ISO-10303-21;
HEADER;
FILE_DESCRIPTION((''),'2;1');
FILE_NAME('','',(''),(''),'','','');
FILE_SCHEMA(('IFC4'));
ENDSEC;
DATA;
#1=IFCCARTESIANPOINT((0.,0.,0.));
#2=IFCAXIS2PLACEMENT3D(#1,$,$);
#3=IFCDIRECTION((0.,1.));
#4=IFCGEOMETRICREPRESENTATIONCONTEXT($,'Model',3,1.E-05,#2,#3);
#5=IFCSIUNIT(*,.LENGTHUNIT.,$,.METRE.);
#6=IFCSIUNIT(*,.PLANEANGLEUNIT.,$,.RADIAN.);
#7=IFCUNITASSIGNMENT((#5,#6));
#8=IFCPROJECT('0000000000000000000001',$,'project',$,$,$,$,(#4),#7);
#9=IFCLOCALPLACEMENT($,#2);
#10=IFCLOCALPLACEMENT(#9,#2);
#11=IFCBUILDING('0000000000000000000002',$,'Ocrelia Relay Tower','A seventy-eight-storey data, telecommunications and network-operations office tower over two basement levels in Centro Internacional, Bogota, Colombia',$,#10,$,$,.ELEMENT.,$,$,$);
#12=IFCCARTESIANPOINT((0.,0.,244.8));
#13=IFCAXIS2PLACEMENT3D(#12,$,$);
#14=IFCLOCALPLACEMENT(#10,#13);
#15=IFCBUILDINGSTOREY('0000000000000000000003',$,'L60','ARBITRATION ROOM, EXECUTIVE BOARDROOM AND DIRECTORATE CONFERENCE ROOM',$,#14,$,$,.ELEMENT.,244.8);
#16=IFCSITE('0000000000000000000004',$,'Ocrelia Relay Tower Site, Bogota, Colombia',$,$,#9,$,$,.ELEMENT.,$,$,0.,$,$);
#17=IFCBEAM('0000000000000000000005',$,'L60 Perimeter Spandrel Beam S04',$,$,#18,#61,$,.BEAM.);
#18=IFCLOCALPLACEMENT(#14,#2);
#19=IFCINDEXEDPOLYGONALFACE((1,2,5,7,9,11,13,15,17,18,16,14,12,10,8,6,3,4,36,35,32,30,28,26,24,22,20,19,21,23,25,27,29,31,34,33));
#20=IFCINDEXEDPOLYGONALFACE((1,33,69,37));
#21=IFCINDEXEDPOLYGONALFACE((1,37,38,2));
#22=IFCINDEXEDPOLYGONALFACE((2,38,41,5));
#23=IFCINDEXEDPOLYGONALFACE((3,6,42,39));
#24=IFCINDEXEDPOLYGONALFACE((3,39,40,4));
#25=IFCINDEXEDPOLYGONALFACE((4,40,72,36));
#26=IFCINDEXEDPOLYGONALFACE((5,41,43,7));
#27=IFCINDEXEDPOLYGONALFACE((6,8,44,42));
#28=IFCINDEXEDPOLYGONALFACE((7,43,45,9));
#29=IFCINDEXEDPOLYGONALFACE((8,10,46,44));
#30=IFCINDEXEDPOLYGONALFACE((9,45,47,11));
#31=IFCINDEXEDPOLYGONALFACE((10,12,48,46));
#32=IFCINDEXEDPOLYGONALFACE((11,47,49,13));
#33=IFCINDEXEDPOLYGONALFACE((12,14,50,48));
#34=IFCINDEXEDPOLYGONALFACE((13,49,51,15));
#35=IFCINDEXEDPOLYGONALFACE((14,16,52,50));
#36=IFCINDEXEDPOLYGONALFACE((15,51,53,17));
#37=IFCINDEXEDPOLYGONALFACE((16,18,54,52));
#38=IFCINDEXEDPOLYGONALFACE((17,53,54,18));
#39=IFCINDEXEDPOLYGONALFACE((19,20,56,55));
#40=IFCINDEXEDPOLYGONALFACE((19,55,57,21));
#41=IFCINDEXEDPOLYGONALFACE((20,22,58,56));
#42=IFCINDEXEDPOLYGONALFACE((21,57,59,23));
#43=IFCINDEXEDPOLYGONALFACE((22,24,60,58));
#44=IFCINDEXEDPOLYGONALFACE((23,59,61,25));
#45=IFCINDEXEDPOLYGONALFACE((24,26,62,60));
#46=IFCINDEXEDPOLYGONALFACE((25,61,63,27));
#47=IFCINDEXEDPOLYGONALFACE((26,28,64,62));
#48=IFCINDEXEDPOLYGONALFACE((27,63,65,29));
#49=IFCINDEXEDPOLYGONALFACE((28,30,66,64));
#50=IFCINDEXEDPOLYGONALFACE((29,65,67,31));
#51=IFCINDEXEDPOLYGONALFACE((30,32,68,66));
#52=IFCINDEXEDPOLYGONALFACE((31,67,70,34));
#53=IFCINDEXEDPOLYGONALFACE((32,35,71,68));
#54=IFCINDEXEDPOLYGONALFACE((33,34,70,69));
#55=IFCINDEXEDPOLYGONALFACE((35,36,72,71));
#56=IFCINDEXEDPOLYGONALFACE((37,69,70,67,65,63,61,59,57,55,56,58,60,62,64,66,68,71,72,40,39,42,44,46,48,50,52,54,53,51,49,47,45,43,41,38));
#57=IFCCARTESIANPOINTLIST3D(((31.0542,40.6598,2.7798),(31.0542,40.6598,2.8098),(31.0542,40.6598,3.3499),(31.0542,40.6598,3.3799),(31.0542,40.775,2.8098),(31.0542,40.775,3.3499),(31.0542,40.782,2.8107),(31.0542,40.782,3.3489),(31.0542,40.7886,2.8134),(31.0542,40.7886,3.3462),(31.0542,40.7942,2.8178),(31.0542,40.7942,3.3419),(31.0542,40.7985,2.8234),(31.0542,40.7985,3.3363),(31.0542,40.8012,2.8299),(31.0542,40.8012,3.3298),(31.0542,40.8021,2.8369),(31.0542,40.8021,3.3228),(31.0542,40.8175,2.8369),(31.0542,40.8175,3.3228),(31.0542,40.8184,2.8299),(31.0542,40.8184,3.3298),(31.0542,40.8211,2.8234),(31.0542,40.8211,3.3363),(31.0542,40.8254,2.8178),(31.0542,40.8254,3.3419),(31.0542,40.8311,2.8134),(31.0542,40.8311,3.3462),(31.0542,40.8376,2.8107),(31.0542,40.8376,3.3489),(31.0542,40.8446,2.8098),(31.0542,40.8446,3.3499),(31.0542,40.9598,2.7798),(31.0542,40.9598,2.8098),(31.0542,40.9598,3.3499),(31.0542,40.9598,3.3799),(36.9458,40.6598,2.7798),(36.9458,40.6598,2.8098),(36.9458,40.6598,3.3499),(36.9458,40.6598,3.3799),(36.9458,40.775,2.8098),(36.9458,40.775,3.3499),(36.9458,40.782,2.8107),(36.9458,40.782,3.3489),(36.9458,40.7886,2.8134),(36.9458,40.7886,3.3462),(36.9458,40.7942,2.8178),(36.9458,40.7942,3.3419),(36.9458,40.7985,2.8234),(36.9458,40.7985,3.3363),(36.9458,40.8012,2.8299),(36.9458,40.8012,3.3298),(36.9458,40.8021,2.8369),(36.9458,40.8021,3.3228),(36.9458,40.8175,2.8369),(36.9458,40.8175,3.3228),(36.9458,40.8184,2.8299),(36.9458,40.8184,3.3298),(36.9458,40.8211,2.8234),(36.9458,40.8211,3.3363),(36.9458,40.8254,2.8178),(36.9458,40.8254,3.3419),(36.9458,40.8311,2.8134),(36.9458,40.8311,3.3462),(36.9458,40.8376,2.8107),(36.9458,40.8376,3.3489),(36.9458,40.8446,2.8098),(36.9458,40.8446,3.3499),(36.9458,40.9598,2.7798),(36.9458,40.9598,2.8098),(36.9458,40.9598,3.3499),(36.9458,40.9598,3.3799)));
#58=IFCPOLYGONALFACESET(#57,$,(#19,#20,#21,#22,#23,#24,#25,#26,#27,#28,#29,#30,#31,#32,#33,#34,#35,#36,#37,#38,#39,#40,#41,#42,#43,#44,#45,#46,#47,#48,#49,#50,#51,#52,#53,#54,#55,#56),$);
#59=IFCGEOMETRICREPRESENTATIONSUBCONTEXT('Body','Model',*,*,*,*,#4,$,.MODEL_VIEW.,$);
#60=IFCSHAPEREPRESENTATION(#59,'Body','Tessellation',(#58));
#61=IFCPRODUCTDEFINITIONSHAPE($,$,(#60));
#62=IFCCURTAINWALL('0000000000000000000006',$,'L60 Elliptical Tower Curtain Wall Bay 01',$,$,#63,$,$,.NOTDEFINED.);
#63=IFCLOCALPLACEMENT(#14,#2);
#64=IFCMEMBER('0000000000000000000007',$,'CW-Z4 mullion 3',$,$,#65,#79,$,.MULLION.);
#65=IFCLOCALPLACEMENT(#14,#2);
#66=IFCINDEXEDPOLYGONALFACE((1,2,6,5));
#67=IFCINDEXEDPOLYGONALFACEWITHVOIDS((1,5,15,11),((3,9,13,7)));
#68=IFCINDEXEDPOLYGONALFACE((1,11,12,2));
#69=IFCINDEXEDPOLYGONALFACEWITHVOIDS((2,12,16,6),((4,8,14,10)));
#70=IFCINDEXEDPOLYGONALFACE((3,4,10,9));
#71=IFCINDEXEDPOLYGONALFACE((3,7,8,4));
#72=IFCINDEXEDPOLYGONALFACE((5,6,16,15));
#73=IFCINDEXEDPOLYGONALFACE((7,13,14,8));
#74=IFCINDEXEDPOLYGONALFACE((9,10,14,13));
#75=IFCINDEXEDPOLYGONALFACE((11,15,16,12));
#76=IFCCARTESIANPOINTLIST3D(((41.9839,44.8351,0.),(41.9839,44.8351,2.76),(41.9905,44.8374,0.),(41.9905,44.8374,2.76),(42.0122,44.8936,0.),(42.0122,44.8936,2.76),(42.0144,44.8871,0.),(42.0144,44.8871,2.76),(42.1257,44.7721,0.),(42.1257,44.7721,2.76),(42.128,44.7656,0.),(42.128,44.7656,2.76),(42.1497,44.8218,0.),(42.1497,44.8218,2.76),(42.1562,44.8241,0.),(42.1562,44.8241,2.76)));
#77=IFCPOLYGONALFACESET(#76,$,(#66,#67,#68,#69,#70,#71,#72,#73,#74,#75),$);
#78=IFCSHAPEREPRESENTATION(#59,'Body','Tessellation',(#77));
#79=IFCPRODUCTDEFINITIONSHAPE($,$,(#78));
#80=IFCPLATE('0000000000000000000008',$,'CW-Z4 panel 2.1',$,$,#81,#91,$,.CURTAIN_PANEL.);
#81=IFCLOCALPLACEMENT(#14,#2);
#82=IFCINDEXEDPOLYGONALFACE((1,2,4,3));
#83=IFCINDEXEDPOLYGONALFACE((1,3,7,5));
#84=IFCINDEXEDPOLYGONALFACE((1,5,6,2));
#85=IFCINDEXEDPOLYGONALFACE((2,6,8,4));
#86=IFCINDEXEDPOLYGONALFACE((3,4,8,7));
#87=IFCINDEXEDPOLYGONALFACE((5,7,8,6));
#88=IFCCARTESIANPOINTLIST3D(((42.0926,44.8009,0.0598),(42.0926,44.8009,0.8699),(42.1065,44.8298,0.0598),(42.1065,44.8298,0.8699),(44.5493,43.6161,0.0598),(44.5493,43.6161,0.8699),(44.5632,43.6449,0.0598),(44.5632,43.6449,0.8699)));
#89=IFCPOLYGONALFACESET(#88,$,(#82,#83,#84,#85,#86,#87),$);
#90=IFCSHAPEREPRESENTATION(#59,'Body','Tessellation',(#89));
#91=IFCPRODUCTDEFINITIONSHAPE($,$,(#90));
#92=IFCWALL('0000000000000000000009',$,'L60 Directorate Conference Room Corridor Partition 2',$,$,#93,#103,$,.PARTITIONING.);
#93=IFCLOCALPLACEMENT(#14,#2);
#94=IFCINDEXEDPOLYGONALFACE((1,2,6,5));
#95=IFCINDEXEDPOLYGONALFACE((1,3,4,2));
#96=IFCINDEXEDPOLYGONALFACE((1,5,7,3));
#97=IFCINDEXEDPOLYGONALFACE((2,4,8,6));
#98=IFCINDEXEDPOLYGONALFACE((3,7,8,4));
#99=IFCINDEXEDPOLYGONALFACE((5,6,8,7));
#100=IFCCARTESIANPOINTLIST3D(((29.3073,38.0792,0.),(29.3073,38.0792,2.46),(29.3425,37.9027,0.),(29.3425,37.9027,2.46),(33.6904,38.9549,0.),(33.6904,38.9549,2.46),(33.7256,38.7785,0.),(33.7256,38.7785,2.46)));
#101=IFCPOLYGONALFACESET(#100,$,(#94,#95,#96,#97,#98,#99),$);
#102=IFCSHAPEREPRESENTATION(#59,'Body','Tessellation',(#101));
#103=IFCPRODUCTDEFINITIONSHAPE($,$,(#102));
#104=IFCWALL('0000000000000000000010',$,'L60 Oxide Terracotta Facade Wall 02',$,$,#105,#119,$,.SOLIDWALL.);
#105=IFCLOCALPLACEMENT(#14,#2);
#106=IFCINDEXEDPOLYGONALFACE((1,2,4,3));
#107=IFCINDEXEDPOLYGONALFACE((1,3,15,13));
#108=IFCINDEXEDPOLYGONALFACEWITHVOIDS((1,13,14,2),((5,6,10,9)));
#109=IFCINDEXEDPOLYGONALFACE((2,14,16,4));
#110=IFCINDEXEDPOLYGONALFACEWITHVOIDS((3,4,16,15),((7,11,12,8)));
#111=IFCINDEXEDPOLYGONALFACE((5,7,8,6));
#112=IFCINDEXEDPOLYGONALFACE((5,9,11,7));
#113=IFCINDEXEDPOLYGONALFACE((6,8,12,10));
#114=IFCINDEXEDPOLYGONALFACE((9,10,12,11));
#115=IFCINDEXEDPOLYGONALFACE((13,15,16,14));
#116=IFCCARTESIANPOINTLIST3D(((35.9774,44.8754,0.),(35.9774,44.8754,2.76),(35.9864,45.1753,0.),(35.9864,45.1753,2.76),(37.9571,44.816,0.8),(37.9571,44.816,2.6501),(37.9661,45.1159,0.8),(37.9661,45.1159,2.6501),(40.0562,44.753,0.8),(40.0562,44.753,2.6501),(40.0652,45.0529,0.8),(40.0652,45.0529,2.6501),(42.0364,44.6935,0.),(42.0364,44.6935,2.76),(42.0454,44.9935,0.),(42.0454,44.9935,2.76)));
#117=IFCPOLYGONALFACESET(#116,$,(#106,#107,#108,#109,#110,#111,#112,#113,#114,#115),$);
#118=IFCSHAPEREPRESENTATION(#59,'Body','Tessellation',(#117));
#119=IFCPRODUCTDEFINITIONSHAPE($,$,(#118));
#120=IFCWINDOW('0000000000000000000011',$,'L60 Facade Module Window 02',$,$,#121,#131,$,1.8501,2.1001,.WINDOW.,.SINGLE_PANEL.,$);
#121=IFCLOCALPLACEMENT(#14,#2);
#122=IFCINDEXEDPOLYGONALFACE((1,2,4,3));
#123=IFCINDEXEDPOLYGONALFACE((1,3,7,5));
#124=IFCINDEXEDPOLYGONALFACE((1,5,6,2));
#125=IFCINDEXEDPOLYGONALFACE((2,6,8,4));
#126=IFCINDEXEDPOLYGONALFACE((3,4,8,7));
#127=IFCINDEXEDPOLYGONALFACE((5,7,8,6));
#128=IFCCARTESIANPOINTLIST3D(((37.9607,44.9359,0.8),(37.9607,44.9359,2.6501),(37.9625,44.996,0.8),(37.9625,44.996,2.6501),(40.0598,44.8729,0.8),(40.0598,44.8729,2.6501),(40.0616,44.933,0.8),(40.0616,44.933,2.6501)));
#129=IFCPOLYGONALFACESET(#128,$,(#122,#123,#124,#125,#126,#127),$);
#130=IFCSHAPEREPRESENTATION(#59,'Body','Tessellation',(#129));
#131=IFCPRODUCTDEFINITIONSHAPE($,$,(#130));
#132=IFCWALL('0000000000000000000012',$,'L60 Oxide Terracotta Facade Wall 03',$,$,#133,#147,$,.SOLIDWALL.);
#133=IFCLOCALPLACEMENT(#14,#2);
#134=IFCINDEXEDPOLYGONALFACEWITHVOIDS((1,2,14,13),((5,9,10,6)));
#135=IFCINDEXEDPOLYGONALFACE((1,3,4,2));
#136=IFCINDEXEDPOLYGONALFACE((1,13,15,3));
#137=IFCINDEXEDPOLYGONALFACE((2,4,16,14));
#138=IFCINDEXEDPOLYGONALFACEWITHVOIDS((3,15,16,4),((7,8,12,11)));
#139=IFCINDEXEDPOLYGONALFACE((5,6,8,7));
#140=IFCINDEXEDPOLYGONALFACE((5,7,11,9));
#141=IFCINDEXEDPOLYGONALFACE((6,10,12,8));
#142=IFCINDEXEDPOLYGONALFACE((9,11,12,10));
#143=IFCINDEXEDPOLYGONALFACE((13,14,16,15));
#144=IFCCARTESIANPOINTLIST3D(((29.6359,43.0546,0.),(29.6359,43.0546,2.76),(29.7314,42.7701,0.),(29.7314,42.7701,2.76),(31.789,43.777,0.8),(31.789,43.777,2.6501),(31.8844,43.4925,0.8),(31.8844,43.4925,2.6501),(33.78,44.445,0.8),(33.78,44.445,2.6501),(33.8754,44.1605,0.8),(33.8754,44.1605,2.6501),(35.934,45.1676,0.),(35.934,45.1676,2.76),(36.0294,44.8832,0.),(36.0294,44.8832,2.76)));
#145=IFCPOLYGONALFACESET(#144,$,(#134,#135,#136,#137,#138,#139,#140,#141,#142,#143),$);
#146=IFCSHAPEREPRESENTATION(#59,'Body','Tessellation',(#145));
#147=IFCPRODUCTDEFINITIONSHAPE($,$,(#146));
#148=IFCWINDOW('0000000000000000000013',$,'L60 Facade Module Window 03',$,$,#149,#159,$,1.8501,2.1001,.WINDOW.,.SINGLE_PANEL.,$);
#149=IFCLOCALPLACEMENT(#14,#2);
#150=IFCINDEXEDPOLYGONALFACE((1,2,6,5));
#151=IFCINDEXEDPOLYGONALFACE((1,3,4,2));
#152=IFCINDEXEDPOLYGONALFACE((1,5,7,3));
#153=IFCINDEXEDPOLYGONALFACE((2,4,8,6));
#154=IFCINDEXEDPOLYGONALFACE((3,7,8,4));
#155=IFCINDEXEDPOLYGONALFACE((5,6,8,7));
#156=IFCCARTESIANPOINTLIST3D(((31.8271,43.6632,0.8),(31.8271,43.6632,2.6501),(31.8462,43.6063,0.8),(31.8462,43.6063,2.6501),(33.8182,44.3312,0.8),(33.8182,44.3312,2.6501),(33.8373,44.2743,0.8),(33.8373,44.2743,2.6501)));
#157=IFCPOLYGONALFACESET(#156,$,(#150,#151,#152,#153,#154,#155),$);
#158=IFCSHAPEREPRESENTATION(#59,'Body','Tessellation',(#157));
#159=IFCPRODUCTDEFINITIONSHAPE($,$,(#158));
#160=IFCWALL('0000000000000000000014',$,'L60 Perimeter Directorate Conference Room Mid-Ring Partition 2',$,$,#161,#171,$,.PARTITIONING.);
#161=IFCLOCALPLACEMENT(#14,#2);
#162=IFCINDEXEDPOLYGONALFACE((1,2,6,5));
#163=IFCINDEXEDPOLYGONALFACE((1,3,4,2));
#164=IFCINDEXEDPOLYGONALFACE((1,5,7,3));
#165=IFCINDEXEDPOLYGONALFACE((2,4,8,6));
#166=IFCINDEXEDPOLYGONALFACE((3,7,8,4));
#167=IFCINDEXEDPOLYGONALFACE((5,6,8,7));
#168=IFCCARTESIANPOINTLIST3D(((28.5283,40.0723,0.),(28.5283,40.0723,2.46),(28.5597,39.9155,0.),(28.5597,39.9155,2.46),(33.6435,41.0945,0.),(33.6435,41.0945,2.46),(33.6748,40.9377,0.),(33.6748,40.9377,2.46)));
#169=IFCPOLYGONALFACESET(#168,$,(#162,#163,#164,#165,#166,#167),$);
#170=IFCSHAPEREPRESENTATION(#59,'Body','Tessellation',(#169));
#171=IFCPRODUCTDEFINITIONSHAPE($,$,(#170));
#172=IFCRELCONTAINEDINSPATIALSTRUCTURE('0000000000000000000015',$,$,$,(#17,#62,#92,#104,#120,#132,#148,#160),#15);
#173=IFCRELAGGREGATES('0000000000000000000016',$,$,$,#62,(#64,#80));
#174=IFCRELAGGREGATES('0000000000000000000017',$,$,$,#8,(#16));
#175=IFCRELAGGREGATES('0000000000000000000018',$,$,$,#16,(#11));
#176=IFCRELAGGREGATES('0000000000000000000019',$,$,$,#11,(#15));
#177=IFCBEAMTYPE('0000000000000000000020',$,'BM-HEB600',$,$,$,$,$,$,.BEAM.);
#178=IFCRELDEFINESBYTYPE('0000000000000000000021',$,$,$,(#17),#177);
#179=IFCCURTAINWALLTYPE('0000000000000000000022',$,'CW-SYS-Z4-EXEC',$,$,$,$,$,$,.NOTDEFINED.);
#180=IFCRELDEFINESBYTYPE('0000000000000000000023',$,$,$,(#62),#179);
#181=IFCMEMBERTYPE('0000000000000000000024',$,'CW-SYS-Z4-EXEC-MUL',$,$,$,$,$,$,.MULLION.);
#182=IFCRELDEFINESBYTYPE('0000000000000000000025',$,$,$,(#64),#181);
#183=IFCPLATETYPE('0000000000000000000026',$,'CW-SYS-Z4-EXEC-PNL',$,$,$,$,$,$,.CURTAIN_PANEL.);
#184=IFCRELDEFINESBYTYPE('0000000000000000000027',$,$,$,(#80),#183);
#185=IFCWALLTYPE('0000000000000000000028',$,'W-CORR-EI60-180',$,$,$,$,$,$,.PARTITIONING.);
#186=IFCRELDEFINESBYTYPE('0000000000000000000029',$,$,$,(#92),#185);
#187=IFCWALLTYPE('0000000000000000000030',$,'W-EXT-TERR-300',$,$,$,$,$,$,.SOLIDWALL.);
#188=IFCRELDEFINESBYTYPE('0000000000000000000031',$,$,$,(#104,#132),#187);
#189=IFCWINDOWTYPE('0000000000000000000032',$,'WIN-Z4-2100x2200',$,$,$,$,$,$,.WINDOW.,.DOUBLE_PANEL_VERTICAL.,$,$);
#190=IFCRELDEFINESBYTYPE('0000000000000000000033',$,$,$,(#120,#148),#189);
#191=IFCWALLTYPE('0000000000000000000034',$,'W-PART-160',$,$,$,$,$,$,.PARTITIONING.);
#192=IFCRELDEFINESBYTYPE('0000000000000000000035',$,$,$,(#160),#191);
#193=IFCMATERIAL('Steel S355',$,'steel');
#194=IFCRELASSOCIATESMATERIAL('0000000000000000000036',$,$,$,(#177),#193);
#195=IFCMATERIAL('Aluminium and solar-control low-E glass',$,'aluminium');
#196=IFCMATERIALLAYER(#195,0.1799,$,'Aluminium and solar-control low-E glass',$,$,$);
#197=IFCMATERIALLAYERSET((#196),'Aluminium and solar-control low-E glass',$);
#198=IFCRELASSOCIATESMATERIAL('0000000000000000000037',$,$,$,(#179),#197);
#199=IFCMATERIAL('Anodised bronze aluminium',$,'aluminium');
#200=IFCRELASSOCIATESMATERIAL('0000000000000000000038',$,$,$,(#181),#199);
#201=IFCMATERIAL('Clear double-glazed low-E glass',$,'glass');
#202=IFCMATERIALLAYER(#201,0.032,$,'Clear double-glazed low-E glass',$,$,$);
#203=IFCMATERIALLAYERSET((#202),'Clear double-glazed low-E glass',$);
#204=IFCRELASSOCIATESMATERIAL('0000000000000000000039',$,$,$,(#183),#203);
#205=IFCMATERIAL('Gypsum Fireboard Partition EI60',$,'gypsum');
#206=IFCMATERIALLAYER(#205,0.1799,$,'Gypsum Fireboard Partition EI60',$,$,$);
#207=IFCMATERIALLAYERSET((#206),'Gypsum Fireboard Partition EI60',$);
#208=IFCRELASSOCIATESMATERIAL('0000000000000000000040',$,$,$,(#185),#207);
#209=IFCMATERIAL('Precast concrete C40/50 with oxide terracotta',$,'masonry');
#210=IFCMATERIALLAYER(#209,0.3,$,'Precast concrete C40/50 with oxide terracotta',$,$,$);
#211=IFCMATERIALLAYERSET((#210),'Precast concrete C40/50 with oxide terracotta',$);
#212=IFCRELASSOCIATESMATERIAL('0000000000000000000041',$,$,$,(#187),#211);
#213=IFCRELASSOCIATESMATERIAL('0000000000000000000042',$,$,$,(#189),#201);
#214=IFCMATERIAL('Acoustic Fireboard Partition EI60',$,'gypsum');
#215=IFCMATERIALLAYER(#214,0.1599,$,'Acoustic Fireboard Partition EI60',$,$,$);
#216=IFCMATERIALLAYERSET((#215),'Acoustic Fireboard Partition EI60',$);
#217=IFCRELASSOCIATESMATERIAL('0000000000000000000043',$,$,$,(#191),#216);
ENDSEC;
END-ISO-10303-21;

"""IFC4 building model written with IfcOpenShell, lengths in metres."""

from ifc_helpers import new_model, si_unit, direction, frame, frame_2d, origin, origin_2d, place, context, subcontext, project, spatial, rectangle, hollow_rectangle, i_section, extrude, material, layer, layer_set, material_profile, profile_set, type_object, element, fill, aggregate, save


model = new_model("IFC4")

# Units and contexts
model_context = context("Model", 3, precision=1e-05, world=origin(), true_north=direction((0.0, 1.0)))
body_context = subcontext(model_context, "Body", "Model", "MODEL_VIEW")
ifc_project = project(units=[si_unit("LENGTHUNIT", "METRE"), si_unit("PLANEANGLEUNIT", "RADIAN")], contexts=[model_context])

# Site, building, storey
site_placement = place(None, origin())
site = spatial("IfcSite", under=ifc_project, at=site_placement, Name="Ocrelia Relay Tower Site, Bogota, Colombia", CompositionType="ELEMENT", RefElevation=0.0)
building_placement = place(site_placement, origin())
building = spatial("IfcBuilding", under=site, at=building_placement, Name="Ocrelia Relay Tower", Description="A seventy-eight-storey data, telecommunications and network-operations office tower over two basement levels in Centro Internacional, Bogota, Colombia", CompositionType="ELEMENT")
storey_placement = place(building_placement, frame((0.0, 0.0, 244.8)))
storey = spatial("IfcBuildingStorey", under=building, at=storey_placement, Name="L60", Description="ARBITRATION ROOM, EXECUTIVE BOARDROOM AND DIRECTORATE CONFERENCE ROOM", CompositionType="ELEMENT", Elevation=244.8)

# Beam
ifc_material_1 = material(Name="Steel S355", Category="steel")
ifc_material_profile_1 = material_profile(ifc_material_1, i_section(OverallWidth=0.3, OverallDepth=0.6001, WebThickness=0.0154, FlangeThickness=0.03, FilletRadius=0.0271, at=origin_2d()), Name="HEB 600")
ifc_profile_set_1 = profile_set([ifc_material_profile_1], Name="Steel S355")
beam_type_1 = type_object("IfcBeamType", Name="BM-HEB600", PredefinedType="BEAM", material=ifc_profile_set_1)
beam_1_placement = place(storey_placement, frame((36.9458, 40.8098, 3.0798), z_axis=(-1.0, 0.0, 0.0), x_axis=(0.0, -1.0, 0.0)))
element("IfcBeam", 1, at=beam_1_placement, inside=storey, type_object=beam_type_1, Name="L60 Perimeter Spandrel Beam S04", PredefinedType="BEAM", context=body_context, shape_type="SweptSolid", body=[
    extrude(i_section(OverallWidth=0.3, OverallDepth=0.6001, WebThickness=0.0154, FlangeThickness=0.03, FilletRadius=0.0271, at=origin_2d()), origin(), (0.0, 0.0, 1.0), 5.8916),
])

# Curtain wall, member, plate
ifc_material_2 = material(Name="Aluminium and solar-control low-E glass", Category="aluminium")
ifc_layer_1 = layer(ifc_material_2, 0.1799, Name="Aluminium and solar-control low-E glass")
ifc_layer_set_1 = layer_set([ifc_layer_1], Name="Aluminium and solar-control low-E glass")
curtain_wall_type = type_object("IfcCurtainWallType", Name="CW-SYS-Z4-EXEC", PredefinedType="NOTDEFINED", material=ifc_layer_set_1)
curtain_wall_placement = place(storey_placement, origin())
curtain_wall = element("IfcCurtainWall", 2, at=curtain_wall_placement, inside=storey, type_object=curtain_wall_type, Name="L60 Elliptical Tower Curtain Wall Bay 01", PredefinedType="NOTDEFINED")
ifc_material_3 = material(Name="Anodised bronze aluminium", Category="aluminium")
ifc_material_profile_2 = material_profile(ifc_material_3, hollow_rectangle(XDim=0.0649, YDim=0.1599, WallThickness=0.0049, at=origin_2d()), Name="CW-MUL-160x65")
ifc_profile_set_2 = profile_set([ifc_material_profile_2], Name="Anodised bronze aluminium")
member_type = type_object("IfcMemberType", Name="CW-SYS-Z4-EXEC-MUL", PredefinedType="MULLION", material=ifc_profile_set_2)
member_placement = place(storey_placement, frame((42.0701, 44.8296, 0.0), z_axis=(0.0, 0.0, 1.0), x_axis=(-0.434418, -0.900711, 0.0)))
member = element("IfcMember", 3, at=member_placement, type_object=member_type, Name="CW-Z4 mullion 3", PredefinedType="MULLION", context=body_context, shape_type="SweptSolid", body=[
    extrude(hollow_rectangle(XDim=0.0649, YDim=0.1599, WallThickness=0.0049, at=origin_2d()), origin(), (0.0, 0.0, 1.0), 2.76),
])
ifc_material_4 = material(Name="Clear double-glazed low-E glass", Category="glass")
ifc_layer_2 = layer(ifc_material_4, 0.032, Name="Clear double-glazed low-E glass")
ifc_layer_set_2 = layer_set([ifc_layer_2], Name="Clear double-glazed low-E glass")
plate_type = type_object("IfcPlateType", Name="CW-SYS-Z4-EXEC-PNL", PredefinedType="CURTAIN_PANEL", material=ifc_layer_set_2)
plate_placement = place(storey_placement, frame((43.3279, 44.2229, 0.0598), z_axis=(0.0, 0.0, 1.0), x_axis=(-0.900711, 0.434418, 0.0)))
plate = element("IfcPlate", 4, at=plate_placement, type_object=plate_type, Name="CW-Z4 panel 2.1", PredefinedType="CURTAIN_PANEL", context=body_context, shape_type="SweptSolid", body=[
    extrude(rectangle(XDim=2.7275, YDim=0.032, at=origin_2d()), origin(), (0.0, 0.0, 1.0), 0.8101),
])
aggregate(curtain_wall, [member, plate])

# Wall
ifc_material_5 = material(Name="Gypsum Fireboard Partition EI60", Category="gypsum")
ifc_layer_3 = layer(ifc_material_5, 0.1799, Name="Gypsum Fireboard Partition EI60")
ifc_layer_set_3 = layer_set([ifc_layer_3], Name="Gypsum Fireboard Partition EI60")
wall_type_1 = type_object("IfcWallType", Name="W-CORR-EI60-180", PredefinedType="PARTITIONING", material=ifc_layer_set_3)
wall_1_placement = place(storey_placement, frame((33.708, 38.8667, 0.0), z_axis=(0.0, 0.0, 1.0), x_axis=(-0.980618, -0.195927, 0.0)))
element("IfcWall", 5, at=wall_1_placement, inside=storey, type_object=wall_type_1, Name="L60 Directorate Conference Room Corridor Partition 2", PredefinedType="PARTITIONING", context=body_context, shape_type="SweptSolid", body=[
    extrude(rectangle(XDim=4.4697, YDim=0.1799, at=frame_2d((2.2349, 0.0))), origin(), (0.0, 0.0, 1.0), 2.46),
])

# Walls, openings, windows
ifc_material_6 = material(Name="Precast concrete C40/50 with oxide terracotta", Category="masonry")
ifc_layer_4 = layer(ifc_material_6, 0.3, Name="Precast concrete C40/50 with oxide terracotta")
ifc_layer_set_4 = layer_set([ifc_layer_4], Name="Precast concrete C40/50 with oxide terracotta")
wall_type_2 = type_object("IfcWallType", Name="W-EXT-TERR-300", PredefinedType="SOLIDWALL", material=ifc_layer_set_4)
wall_2_placement = place(storey_placement, frame((42.0408, 44.8435, 0.0), z_axis=(0.0, 0.0, 1.0), x_axis=(-0.99955, 0.030005, 0.0)))
wall_2 = element("IfcWall", 6, at=wall_2_placement, inside=storey, type_object=wall_type_2, Name="L60 Oxide Terracotta Facade Wall 02", PredefinedType="SOLIDWALL", context=body_context, shape_type="SweptSolid", body=[
    extrude(rectangle(XDim=6.0618, YDim=0.3, at=frame_2d((3.0308, 0.0))), origin(), (0.0, 0.0, 1.0), 2.76),
])
opening_1_placement = place(wall_2_placement, frame((1.981, 0.0, 0.8)))
opening_1 = element("IfcOpeningElement", 7, at=opening_1_placement, cuts=wall_2, PredefinedType="OPENING", context=body_context, shape_type="SweptSolid", body=[
    extrude(rectangle(XDim=2.1001, YDim=1.8501, at=frame_2d((1.05, 0.925))), frame((0.0, 0.1602, 0.0), z_axis=(0.0, -1.0, 0.0), x_axis=(1.0, 0.0, 0.0)), (0.0, 0.0, 1.0), 0.3201),
])
window_type = type_object("IfcWindowType", Name="WIN-Z4-2100x2200", PartitioningType="DOUBLE_PANEL_VERTICAL", PredefinedType="WINDOW", material=ifc_material_4)
window_1_placement = place(opening_1_placement, origin())
window_1 = element("IfcWindow", 8, at=window_1_placement, inside=storey, type_object=window_type, Name="L60 Facade Module Window 02", OverallHeight=1.8501, OverallWidth=2.1001, PartitioningType="SINGLE_PANEL", PredefinedType="WINDOW", context=body_context, shape_type="SweptSolid", body=[
    extrude(rectangle(XDim=2.1001, YDim=1.8501, at=frame_2d((1.05, 0.925))), frame((0.0, 0.03, 0.0), z_axis=(0.0, -1.0, 0.0), x_axis=(1.0, 0.0, 0.0)), (0.0, 0.0, 1.0), 0.0601),
])
fill(opening_1, window_1)
wall_3_placement = place(storey_placement, frame((35.9817, 45.0254, 0.0), z_axis=(0.0, 0.0, 1.0), x_axis=(-0.948064, -0.318079, 0.0)))
wall_3 = element("IfcWall", 9, at=wall_3_placement, inside=storey, type_object=wall_type_2, Name="L60 Oxide Terracotta Facade Wall 03", PredefinedType="SOLIDWALL", context=body_context, shape_type="SweptSolid", body=[
    extrude(rectangle(XDim=6.6431, YDim=0.3, at=frame_2d((3.3215, 0.0))), origin(), (0.0, 0.0, 1.0), 2.76),
])
opening_2_placement = place(wall_3_placement, frame((2.272, 0.0, 0.8)))
opening_2 = element("IfcOpeningElement", 10, at=opening_2_placement, cuts=wall_3, PredefinedType="OPENING", context=body_context, shape_type="SweptSolid", body=[
    extrude(rectangle(XDim=2.1001, YDim=1.8501, at=frame_2d((1.05, 0.925))), frame((0.0, 0.1602, 0.0), z_axis=(0.0, -1.0, 0.0), x_axis=(1.0, 0.0, 0.0)), (0.0, 0.0, 1.0), 0.3201),
])
window_2_placement = place(opening_2_placement, origin())
window_2 = element("IfcWindow", 11, at=window_2_placement, inside=storey, type_object=window_type, Name="L60 Facade Module Window 03", OverallHeight=1.8501, OverallWidth=2.1001, PartitioningType="SINGLE_PANEL", PredefinedType="WINDOW", context=body_context, shape_type="SweptSolid", body=[
    extrude(rectangle(XDim=2.1001, YDim=1.8501, at=frame_2d((1.05, 0.925))), frame((0.0, 0.03, 0.0), z_axis=(0.0, -1.0, 0.0), x_axis=(1.0, 0.0, 0.0)), (0.0, 0.0, 1.0), 0.0601),
])
fill(opening_2, window_2)

# Shared definitions
ifc_material_7 = material(Name="Acoustic Fireboard Partition EI60", Category="gypsum")
ifc_layer_5 = layer(ifc_material_7, 0.1599, Name="Acoustic Fireboard Partition EI60")
ifc_layer_set_5 = layer_set([ifc_layer_5], Name="Acoustic Fireboard Partition EI60")
wall_type_3 = type_object("IfcWallType", Name="W-PART-160", PredefinedType="PARTITIONING", material=ifc_layer_set_5)

# Wall
wall_4_placement = place(storey_placement, frame((33.6592, 41.0161, 0.0), z_axis=(0.0, 0.0, 1.0), x_axis=(-0.980611, -0.195963, 0.0)))
element("IfcWall", 12, at=wall_4_placement, inside=storey, type_object=wall_type_3, Name="L60 Perimeter Directorate Conference Room Mid-Ring Partition 2", PredefinedType="PARTITIONING", context=body_context, shape_type="SweptSolid", body=[
    extrude(rectangle(XDim=5.2163, YDim=0.1599, at=frame_2d((2.6082, 0.0))), origin(), (0.0, 0.0, 1.0), 2.46),
])

save(model, "model.ifc")
